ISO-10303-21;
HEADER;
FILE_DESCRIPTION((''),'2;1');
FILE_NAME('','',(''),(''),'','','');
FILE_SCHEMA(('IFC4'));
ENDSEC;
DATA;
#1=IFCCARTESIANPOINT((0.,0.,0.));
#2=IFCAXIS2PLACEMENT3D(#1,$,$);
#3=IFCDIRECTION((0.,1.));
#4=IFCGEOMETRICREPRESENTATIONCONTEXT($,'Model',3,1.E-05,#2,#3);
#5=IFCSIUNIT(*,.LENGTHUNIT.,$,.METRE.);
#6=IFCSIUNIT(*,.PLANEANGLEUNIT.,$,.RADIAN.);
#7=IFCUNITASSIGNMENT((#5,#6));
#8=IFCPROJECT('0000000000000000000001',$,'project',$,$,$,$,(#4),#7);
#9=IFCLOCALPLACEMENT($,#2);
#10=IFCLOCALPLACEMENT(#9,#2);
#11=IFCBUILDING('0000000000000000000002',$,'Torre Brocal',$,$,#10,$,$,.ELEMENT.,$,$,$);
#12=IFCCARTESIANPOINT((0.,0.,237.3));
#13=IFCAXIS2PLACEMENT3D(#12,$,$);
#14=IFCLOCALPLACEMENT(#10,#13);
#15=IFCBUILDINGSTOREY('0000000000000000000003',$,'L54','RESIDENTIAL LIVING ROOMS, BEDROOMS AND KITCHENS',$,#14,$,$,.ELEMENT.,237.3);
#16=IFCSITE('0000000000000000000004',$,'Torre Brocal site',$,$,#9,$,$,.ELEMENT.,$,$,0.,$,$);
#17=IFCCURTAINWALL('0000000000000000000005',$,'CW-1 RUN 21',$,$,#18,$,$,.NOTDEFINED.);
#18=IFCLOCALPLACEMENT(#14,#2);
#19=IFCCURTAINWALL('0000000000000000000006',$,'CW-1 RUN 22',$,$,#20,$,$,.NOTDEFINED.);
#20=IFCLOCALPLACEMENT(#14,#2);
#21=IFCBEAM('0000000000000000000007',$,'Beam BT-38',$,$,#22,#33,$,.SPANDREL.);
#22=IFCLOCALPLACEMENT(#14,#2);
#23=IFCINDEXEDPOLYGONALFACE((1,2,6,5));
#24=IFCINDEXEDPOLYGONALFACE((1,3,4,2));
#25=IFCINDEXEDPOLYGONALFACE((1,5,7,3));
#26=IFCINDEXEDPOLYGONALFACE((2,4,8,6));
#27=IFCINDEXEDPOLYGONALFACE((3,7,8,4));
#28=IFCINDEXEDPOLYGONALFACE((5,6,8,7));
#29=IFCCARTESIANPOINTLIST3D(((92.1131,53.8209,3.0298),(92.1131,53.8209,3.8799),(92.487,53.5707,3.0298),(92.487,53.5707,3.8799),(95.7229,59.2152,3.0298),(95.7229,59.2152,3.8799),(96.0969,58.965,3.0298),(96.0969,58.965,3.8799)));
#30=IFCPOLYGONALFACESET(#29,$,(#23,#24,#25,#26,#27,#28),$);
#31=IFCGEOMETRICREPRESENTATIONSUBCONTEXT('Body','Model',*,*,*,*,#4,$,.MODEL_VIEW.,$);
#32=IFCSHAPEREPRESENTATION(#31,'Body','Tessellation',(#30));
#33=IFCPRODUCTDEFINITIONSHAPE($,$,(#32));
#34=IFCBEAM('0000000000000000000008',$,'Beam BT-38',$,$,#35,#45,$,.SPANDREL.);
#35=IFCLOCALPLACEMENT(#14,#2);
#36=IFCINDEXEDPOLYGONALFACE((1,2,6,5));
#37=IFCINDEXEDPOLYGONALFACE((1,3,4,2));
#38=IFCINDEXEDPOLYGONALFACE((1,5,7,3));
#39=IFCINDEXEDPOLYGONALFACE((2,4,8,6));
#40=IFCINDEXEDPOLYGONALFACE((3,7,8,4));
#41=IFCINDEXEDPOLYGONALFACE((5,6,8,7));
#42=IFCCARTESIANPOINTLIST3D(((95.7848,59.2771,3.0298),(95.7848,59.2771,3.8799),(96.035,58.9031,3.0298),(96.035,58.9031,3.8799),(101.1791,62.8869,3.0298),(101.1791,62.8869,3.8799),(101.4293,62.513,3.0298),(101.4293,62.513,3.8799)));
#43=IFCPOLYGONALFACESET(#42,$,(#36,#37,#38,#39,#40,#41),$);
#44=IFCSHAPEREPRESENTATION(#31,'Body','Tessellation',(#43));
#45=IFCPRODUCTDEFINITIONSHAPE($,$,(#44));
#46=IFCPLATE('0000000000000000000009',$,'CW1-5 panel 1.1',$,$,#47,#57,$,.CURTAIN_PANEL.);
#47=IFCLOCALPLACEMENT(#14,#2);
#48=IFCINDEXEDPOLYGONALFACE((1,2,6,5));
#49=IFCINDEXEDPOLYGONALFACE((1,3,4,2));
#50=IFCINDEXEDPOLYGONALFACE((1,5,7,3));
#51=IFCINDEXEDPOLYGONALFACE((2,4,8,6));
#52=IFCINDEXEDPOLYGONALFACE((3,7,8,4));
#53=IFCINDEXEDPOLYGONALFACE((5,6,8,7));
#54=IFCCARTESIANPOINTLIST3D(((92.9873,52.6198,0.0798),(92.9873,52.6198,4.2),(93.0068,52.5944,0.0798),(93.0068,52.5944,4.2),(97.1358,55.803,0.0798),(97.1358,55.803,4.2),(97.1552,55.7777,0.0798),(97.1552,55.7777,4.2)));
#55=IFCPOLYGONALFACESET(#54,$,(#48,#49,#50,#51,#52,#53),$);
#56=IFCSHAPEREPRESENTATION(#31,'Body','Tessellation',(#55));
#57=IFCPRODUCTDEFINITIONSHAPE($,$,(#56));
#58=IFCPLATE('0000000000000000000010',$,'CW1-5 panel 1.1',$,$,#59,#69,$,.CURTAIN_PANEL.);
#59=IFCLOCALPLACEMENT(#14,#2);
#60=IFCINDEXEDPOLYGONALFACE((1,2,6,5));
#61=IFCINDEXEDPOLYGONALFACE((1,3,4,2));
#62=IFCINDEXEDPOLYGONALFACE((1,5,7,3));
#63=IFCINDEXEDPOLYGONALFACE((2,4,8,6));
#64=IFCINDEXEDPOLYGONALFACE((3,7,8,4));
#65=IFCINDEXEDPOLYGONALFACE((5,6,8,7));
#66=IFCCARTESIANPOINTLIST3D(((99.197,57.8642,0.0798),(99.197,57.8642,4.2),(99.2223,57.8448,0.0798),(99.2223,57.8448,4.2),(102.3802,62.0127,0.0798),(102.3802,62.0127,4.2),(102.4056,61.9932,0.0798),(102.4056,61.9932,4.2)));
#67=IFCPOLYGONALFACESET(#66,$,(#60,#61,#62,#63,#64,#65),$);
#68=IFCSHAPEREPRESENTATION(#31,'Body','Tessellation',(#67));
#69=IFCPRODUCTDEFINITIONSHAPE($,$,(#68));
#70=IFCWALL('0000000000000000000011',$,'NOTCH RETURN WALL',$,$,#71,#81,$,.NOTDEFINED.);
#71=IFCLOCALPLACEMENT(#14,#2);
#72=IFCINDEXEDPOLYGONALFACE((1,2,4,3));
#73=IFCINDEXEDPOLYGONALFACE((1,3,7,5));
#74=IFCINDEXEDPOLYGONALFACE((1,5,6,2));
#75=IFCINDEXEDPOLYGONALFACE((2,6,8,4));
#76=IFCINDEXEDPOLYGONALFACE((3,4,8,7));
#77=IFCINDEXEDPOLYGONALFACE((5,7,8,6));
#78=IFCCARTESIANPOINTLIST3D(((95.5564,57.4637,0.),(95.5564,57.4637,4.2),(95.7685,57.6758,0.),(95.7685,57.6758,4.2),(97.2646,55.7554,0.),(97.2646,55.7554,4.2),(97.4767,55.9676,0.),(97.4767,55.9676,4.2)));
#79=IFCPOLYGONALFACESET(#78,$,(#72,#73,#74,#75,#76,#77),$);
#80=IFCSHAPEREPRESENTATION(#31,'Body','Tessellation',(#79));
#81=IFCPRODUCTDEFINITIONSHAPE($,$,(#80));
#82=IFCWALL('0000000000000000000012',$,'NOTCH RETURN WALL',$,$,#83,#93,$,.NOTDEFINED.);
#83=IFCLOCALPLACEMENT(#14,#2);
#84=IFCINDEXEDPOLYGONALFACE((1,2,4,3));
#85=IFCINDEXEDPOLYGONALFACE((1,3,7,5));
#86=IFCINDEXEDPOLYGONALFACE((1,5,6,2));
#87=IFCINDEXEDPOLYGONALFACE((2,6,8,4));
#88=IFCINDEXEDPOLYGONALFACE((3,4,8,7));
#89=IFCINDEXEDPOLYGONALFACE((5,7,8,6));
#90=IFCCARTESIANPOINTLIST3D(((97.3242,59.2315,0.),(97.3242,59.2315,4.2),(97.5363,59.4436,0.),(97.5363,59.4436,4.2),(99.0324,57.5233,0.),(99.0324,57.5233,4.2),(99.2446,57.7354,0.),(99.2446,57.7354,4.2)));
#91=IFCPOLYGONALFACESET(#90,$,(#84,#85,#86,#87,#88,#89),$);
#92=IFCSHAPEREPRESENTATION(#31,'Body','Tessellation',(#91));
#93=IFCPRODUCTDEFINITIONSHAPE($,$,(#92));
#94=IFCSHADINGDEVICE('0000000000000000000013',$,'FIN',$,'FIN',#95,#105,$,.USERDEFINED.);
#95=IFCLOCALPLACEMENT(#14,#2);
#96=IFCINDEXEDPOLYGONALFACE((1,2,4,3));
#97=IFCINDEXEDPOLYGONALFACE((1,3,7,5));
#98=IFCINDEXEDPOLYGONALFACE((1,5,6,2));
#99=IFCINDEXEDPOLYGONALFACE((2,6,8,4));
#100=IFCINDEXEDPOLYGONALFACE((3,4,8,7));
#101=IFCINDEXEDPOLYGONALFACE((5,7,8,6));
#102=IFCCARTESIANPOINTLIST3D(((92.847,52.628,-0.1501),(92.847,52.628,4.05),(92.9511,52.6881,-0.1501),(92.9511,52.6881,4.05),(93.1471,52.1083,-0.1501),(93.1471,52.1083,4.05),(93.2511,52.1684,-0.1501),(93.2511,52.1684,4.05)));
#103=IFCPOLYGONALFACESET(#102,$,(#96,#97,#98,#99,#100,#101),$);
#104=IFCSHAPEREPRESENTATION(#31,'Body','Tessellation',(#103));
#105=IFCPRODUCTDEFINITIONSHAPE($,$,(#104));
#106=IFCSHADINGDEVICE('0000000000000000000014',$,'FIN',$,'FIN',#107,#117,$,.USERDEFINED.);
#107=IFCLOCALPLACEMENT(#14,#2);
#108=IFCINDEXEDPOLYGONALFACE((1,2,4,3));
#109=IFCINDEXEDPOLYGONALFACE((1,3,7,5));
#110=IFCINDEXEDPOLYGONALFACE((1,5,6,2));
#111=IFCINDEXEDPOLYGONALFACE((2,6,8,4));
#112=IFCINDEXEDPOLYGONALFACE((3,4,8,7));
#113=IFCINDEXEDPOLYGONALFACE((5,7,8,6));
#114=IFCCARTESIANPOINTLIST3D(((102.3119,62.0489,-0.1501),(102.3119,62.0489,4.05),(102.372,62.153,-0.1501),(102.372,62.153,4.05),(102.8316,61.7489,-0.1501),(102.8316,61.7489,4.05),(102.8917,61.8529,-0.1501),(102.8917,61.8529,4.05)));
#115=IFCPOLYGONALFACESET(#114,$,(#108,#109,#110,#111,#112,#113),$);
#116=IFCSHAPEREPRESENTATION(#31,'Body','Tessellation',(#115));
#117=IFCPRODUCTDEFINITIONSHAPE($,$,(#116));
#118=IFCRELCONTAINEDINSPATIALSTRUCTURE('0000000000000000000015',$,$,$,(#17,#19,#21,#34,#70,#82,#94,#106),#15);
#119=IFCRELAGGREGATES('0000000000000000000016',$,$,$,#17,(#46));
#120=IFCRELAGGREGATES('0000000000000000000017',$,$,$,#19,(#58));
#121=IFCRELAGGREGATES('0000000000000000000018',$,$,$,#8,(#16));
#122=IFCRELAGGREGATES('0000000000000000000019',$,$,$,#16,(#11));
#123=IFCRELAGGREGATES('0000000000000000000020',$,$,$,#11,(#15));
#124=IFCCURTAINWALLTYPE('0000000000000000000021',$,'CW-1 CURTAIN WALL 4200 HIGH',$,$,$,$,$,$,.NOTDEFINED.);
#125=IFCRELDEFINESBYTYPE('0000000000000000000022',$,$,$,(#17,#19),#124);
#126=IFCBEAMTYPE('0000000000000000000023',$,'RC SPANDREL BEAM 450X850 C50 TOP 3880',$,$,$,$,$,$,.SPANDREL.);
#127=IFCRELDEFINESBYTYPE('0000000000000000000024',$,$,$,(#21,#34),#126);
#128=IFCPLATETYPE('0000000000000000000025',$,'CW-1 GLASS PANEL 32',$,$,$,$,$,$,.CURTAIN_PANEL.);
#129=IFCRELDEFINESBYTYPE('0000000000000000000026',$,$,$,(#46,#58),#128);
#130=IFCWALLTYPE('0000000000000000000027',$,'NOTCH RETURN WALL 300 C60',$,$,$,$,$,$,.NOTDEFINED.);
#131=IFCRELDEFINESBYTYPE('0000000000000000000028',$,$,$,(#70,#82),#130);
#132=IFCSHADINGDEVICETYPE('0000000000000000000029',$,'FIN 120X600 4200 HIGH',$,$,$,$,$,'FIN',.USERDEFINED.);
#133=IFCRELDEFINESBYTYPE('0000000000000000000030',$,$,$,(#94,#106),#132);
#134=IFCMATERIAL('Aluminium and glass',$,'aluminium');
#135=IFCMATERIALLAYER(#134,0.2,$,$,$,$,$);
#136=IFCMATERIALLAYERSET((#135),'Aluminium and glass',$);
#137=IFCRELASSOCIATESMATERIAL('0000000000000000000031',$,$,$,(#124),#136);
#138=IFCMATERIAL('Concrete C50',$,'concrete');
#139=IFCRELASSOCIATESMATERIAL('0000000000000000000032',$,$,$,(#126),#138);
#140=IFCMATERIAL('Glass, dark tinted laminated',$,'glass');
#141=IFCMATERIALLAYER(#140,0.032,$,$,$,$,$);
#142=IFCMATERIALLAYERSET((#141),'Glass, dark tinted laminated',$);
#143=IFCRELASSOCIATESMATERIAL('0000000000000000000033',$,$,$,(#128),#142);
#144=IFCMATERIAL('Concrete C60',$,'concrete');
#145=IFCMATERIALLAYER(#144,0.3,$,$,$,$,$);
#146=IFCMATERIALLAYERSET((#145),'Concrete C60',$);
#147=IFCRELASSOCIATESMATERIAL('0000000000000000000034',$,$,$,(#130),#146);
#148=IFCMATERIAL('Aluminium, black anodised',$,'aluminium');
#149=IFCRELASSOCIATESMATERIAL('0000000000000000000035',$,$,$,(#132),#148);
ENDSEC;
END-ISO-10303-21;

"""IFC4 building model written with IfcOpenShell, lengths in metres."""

from ifc_helpers import new_model, si_unit, direction, frame, frame_2d, origin, origin_2d, place, context, subcontext, project, spatial, rectangle, extrude, material, layer, layer_set, material_profile, profile_set, type_object, element, aggregate, save


model = new_model("IFC4")

# Units and contexts
model_context = context("Model", 3, precision=1e-05, world=origin(), true_north=direction((0.0, 1.0)))
body_context = subcontext(model_context, "Body", "Model", "MODEL_VIEW")
ifc_project = project(units=[si_unit("LENGTHUNIT", "METRE"), si_unit("PLANEANGLEUNIT", "RADIAN")], contexts=[model_context])

# Site, building, storey
site_placement = place(None, origin())
site = spatial("IfcSite", under=ifc_project, at=site_placement, Name="Torre Brocal site", CompositionType="ELEMENT", RefElevation=0.0)
building_placement = place(site_placement, origin())
building = spatial("IfcBuilding", under=site, at=building_placement, Name="Torre Brocal", CompositionType="ELEMENT")
storey_placement = place(building_placement, frame((0.0, 0.0, 237.3)))
storey = spatial("IfcBuildingStorey", under=building, at=storey_placement, Name="L54", Description="RESIDENTIAL LIVING ROOMS, BEDROOMS AND KITCHENS", CompositionType="ELEMENT", Elevation=237.3)

# Shared definitions
ifc_material_1 = material(Name="Aluminium and glass", Category="aluminium")
ifc_layer_1 = layer(ifc_material_1, 0.2)
ifc_layer_set_1 = layer_set([ifc_layer_1], Name="Aluminium and glass")
curtain_wall_type = type_object("IfcCurtainWallType", Name="CW-1 CURTAIN WALL 4200 HIGH", PredefinedType="NOTDEFINED", material=ifc_layer_set_1)

# Curtain walls
curtain_wall_1_placement = place(storey_placement, origin())
curtain_wall_1 = element("IfcCurtainWall", 1, at=curtain_wall_1_placement, inside=storey, type_object=curtain_wall_type, Name="CW-1 RUN 21", PredefinedType="NOTDEFINED")
curtain_wall_2_placement = place(storey_placement, origin())
curtain_wall_2 = element("IfcCurtainWall", 2, at=curtain_wall_2_placement, inside=storey, type_object=curtain_wall_type, Name="CW-1 RUN 22", PredefinedType="NOTDEFINED")

# Beams
ifc_material_2 = material(Name="Concrete C50", Category="concrete")
ifc_material_profile_1 = material_profile(ifc_material_2, rectangle(XDim=0.45, YDim=0.8501, at=origin_2d()), Name="RC 450X850")
ifc_profile_set_1 = profile_set([ifc_material_profile_1], Name="Concrete C50")
beam_type_1 = type_object("IfcBeamType", Name="RC SPANDREL BEAM 450X850 C50 TOP 3880", PredefinedType="SPANDREL", material=ifc_profile_set_1)
for number, where, z_axis, x_axis, name in (
    (3, (92.3, 53.6958, 3.4548), (0.556158, 0.831077, 0.0), (-0.831077, 0.556158, 0.0), "Beam BT-38"),
    (4, (95.9099, 59.0901, 3.4548), (0.831077, 0.556158, 0.0), (-0.556158, 0.831077, 0.0), "Beam BT-38"),
):
    element("IfcBeam", number, at=place(storey_placement, frame(where, z_axis=z_axis, x_axis=x_axis)), inside=storey, type_object=beam_type_1, Name=name, PredefinedType="SPANDREL", context=body_context, shape_type="SweptSolid", body=[
        extrude(rectangle(XDim=0.45, YDim=0.8501, at=origin_2d()), origin(), (0.0, 0.0, 1.0), 6.4907),
    ])

# Plates
ifc_material_3 = material(Name="Glass, dark tinted laminated", Category="glass")
ifc_layer_2 = layer(ifc_material_3, 0.032)
ifc_layer_set_2 = layer_set([ifc_layer_2], Name="Glass, dark tinted laminated")
plate_type = type_object("IfcPlateType", Name="CW-1 GLASS PANEL 32", PredefinedType="CURTAIN_PANEL", material=ifc_layer_set_2)
plate_1_placement = place(storey_placement, frame((95.0713, 54.1987, 0.0798), z_axis=(0.0, 0.0, 1.0), x_axis=(0.793353, 0.608761, 0.0)))
plate_1 = element("IfcPlate", 5, at=plate_1_placement, type_object=plate_type, Name="CW1-5 panel 1.1", PredefinedType="CURTAIN_PANEL", context=body_context, shape_type="SweptSolid", body=[
    extrude(rectangle(XDim=5.229, YDim=0.032, at=origin_2d()), origin(), (0.0, 0.0, 1.0), 4.1201),
])
aggregate(curtain_wall_1, [plate_1])
plate_2_placement = place(storey_placement, frame((100.8013, 59.9287, 0.0798), z_axis=(0.0, 0.0, 1.0), x_axis=(0.608761, 0.793353, 0.0)))
plate_2 = element("IfcPlate", 6, at=plate_2_placement, type_object=plate_type, Name="CW1-5 panel 1.1", PredefinedType="CURTAIN_PANEL", context=body_context, shape_type="SweptSolid", body=[
    extrude(rectangle(XDim=5.229, YDim=0.032, at=origin_2d()), origin(), (0.0, 0.0, 1.0), 4.1201),
])
aggregate(curtain_wall_2, [plate_2])

# Walls
ifc_material_4 = material(Name="Concrete C60", Category="concrete")
ifc_layer_3 = layer(ifc_material_4, 0.3)
ifc_layer_set_3 = layer_set([ifc_layer_3], Name="Concrete C60")
wall_type = type_object("IfcWallType", Name="NOTCH RETURN WALL 300 C60", PredefinedType="NOTDEFINED", material=ifc_layer_set_3)
for number, where, z_axis, x_axis, name in (
    (7, (95.6624, 57.5698, 0.0), (0.0, 0.0, 1.0), (0.707107, -0.707107, 0.0), "NOTCH RETURN WALL"),
    (8, (97.4302, 59.3376, 0.0), (0.0, 0.0, 1.0), (0.707107, -0.707107, 0.0), "NOTCH RETURN WALL"),
):
    element("IfcWall", number, at=place(storey_placement, frame(where, z_axis=z_axis, x_axis=x_axis)), inside=storey, type_object=wall_type, Name=name, PredefinedType="NOTDEFINED", context=body_context, shape_type="SweptSolid", body=[
        extrude(rectangle(XDim=2.4158, YDim=0.3, at=frame_2d((1.208, 0.0))), origin(), (0.0, 0.0, 1.0), 4.2),
    ])

# Shading devices
ifc_material_5 = material(Name="Aluminium, black anodised", Category="aluminium")
ifc_material_profile_2 = material_profile(ifc_material_5, rectangle(XDim=0.1201, YDim=0.6001, at=origin_2d()), Name="FIN 120X600 4200 HIGH")
ifc_profile_set_2 = profile_set([ifc_material_profile_2], Name="Aluminium, black anodised")
shading_device_type = type_object("IfcShadingDeviceType", Name="FIN 120X600 4200 HIGH", ElementType="FIN", PredefinedType="USERDEFINED", material=ifc_profile_set_2)
for number, where, z_axis, x_axis, name in (
    (9, (93.0491, 52.3982, -0.1501), (0.0, 0.0, 1.0), (0.866025, 0.5, 0.0), "FIN"),
    (10, (102.6018, 61.9509, -0.1501), (0.0, 0.0, 1.0), (0.5, 0.866025, 0.0), "FIN"),
):
    element("IfcShadingDevice", number, at=place(storey_placement, frame(where, z_axis=z_axis, x_axis=x_axis)), inside=storey, type_object=shading_device_type, Name=name, ObjectType="FIN", PredefinedType="USERDEFINED", context=body_context, shape_type="SweptSolid", body=[
        extrude(rectangle(XDim=0.1201, YDim=0.6001, at=origin_2d()), origin(), (0.0, 0.0, 1.0), 4.2002),
    ])

save(model, "model.ifc")
